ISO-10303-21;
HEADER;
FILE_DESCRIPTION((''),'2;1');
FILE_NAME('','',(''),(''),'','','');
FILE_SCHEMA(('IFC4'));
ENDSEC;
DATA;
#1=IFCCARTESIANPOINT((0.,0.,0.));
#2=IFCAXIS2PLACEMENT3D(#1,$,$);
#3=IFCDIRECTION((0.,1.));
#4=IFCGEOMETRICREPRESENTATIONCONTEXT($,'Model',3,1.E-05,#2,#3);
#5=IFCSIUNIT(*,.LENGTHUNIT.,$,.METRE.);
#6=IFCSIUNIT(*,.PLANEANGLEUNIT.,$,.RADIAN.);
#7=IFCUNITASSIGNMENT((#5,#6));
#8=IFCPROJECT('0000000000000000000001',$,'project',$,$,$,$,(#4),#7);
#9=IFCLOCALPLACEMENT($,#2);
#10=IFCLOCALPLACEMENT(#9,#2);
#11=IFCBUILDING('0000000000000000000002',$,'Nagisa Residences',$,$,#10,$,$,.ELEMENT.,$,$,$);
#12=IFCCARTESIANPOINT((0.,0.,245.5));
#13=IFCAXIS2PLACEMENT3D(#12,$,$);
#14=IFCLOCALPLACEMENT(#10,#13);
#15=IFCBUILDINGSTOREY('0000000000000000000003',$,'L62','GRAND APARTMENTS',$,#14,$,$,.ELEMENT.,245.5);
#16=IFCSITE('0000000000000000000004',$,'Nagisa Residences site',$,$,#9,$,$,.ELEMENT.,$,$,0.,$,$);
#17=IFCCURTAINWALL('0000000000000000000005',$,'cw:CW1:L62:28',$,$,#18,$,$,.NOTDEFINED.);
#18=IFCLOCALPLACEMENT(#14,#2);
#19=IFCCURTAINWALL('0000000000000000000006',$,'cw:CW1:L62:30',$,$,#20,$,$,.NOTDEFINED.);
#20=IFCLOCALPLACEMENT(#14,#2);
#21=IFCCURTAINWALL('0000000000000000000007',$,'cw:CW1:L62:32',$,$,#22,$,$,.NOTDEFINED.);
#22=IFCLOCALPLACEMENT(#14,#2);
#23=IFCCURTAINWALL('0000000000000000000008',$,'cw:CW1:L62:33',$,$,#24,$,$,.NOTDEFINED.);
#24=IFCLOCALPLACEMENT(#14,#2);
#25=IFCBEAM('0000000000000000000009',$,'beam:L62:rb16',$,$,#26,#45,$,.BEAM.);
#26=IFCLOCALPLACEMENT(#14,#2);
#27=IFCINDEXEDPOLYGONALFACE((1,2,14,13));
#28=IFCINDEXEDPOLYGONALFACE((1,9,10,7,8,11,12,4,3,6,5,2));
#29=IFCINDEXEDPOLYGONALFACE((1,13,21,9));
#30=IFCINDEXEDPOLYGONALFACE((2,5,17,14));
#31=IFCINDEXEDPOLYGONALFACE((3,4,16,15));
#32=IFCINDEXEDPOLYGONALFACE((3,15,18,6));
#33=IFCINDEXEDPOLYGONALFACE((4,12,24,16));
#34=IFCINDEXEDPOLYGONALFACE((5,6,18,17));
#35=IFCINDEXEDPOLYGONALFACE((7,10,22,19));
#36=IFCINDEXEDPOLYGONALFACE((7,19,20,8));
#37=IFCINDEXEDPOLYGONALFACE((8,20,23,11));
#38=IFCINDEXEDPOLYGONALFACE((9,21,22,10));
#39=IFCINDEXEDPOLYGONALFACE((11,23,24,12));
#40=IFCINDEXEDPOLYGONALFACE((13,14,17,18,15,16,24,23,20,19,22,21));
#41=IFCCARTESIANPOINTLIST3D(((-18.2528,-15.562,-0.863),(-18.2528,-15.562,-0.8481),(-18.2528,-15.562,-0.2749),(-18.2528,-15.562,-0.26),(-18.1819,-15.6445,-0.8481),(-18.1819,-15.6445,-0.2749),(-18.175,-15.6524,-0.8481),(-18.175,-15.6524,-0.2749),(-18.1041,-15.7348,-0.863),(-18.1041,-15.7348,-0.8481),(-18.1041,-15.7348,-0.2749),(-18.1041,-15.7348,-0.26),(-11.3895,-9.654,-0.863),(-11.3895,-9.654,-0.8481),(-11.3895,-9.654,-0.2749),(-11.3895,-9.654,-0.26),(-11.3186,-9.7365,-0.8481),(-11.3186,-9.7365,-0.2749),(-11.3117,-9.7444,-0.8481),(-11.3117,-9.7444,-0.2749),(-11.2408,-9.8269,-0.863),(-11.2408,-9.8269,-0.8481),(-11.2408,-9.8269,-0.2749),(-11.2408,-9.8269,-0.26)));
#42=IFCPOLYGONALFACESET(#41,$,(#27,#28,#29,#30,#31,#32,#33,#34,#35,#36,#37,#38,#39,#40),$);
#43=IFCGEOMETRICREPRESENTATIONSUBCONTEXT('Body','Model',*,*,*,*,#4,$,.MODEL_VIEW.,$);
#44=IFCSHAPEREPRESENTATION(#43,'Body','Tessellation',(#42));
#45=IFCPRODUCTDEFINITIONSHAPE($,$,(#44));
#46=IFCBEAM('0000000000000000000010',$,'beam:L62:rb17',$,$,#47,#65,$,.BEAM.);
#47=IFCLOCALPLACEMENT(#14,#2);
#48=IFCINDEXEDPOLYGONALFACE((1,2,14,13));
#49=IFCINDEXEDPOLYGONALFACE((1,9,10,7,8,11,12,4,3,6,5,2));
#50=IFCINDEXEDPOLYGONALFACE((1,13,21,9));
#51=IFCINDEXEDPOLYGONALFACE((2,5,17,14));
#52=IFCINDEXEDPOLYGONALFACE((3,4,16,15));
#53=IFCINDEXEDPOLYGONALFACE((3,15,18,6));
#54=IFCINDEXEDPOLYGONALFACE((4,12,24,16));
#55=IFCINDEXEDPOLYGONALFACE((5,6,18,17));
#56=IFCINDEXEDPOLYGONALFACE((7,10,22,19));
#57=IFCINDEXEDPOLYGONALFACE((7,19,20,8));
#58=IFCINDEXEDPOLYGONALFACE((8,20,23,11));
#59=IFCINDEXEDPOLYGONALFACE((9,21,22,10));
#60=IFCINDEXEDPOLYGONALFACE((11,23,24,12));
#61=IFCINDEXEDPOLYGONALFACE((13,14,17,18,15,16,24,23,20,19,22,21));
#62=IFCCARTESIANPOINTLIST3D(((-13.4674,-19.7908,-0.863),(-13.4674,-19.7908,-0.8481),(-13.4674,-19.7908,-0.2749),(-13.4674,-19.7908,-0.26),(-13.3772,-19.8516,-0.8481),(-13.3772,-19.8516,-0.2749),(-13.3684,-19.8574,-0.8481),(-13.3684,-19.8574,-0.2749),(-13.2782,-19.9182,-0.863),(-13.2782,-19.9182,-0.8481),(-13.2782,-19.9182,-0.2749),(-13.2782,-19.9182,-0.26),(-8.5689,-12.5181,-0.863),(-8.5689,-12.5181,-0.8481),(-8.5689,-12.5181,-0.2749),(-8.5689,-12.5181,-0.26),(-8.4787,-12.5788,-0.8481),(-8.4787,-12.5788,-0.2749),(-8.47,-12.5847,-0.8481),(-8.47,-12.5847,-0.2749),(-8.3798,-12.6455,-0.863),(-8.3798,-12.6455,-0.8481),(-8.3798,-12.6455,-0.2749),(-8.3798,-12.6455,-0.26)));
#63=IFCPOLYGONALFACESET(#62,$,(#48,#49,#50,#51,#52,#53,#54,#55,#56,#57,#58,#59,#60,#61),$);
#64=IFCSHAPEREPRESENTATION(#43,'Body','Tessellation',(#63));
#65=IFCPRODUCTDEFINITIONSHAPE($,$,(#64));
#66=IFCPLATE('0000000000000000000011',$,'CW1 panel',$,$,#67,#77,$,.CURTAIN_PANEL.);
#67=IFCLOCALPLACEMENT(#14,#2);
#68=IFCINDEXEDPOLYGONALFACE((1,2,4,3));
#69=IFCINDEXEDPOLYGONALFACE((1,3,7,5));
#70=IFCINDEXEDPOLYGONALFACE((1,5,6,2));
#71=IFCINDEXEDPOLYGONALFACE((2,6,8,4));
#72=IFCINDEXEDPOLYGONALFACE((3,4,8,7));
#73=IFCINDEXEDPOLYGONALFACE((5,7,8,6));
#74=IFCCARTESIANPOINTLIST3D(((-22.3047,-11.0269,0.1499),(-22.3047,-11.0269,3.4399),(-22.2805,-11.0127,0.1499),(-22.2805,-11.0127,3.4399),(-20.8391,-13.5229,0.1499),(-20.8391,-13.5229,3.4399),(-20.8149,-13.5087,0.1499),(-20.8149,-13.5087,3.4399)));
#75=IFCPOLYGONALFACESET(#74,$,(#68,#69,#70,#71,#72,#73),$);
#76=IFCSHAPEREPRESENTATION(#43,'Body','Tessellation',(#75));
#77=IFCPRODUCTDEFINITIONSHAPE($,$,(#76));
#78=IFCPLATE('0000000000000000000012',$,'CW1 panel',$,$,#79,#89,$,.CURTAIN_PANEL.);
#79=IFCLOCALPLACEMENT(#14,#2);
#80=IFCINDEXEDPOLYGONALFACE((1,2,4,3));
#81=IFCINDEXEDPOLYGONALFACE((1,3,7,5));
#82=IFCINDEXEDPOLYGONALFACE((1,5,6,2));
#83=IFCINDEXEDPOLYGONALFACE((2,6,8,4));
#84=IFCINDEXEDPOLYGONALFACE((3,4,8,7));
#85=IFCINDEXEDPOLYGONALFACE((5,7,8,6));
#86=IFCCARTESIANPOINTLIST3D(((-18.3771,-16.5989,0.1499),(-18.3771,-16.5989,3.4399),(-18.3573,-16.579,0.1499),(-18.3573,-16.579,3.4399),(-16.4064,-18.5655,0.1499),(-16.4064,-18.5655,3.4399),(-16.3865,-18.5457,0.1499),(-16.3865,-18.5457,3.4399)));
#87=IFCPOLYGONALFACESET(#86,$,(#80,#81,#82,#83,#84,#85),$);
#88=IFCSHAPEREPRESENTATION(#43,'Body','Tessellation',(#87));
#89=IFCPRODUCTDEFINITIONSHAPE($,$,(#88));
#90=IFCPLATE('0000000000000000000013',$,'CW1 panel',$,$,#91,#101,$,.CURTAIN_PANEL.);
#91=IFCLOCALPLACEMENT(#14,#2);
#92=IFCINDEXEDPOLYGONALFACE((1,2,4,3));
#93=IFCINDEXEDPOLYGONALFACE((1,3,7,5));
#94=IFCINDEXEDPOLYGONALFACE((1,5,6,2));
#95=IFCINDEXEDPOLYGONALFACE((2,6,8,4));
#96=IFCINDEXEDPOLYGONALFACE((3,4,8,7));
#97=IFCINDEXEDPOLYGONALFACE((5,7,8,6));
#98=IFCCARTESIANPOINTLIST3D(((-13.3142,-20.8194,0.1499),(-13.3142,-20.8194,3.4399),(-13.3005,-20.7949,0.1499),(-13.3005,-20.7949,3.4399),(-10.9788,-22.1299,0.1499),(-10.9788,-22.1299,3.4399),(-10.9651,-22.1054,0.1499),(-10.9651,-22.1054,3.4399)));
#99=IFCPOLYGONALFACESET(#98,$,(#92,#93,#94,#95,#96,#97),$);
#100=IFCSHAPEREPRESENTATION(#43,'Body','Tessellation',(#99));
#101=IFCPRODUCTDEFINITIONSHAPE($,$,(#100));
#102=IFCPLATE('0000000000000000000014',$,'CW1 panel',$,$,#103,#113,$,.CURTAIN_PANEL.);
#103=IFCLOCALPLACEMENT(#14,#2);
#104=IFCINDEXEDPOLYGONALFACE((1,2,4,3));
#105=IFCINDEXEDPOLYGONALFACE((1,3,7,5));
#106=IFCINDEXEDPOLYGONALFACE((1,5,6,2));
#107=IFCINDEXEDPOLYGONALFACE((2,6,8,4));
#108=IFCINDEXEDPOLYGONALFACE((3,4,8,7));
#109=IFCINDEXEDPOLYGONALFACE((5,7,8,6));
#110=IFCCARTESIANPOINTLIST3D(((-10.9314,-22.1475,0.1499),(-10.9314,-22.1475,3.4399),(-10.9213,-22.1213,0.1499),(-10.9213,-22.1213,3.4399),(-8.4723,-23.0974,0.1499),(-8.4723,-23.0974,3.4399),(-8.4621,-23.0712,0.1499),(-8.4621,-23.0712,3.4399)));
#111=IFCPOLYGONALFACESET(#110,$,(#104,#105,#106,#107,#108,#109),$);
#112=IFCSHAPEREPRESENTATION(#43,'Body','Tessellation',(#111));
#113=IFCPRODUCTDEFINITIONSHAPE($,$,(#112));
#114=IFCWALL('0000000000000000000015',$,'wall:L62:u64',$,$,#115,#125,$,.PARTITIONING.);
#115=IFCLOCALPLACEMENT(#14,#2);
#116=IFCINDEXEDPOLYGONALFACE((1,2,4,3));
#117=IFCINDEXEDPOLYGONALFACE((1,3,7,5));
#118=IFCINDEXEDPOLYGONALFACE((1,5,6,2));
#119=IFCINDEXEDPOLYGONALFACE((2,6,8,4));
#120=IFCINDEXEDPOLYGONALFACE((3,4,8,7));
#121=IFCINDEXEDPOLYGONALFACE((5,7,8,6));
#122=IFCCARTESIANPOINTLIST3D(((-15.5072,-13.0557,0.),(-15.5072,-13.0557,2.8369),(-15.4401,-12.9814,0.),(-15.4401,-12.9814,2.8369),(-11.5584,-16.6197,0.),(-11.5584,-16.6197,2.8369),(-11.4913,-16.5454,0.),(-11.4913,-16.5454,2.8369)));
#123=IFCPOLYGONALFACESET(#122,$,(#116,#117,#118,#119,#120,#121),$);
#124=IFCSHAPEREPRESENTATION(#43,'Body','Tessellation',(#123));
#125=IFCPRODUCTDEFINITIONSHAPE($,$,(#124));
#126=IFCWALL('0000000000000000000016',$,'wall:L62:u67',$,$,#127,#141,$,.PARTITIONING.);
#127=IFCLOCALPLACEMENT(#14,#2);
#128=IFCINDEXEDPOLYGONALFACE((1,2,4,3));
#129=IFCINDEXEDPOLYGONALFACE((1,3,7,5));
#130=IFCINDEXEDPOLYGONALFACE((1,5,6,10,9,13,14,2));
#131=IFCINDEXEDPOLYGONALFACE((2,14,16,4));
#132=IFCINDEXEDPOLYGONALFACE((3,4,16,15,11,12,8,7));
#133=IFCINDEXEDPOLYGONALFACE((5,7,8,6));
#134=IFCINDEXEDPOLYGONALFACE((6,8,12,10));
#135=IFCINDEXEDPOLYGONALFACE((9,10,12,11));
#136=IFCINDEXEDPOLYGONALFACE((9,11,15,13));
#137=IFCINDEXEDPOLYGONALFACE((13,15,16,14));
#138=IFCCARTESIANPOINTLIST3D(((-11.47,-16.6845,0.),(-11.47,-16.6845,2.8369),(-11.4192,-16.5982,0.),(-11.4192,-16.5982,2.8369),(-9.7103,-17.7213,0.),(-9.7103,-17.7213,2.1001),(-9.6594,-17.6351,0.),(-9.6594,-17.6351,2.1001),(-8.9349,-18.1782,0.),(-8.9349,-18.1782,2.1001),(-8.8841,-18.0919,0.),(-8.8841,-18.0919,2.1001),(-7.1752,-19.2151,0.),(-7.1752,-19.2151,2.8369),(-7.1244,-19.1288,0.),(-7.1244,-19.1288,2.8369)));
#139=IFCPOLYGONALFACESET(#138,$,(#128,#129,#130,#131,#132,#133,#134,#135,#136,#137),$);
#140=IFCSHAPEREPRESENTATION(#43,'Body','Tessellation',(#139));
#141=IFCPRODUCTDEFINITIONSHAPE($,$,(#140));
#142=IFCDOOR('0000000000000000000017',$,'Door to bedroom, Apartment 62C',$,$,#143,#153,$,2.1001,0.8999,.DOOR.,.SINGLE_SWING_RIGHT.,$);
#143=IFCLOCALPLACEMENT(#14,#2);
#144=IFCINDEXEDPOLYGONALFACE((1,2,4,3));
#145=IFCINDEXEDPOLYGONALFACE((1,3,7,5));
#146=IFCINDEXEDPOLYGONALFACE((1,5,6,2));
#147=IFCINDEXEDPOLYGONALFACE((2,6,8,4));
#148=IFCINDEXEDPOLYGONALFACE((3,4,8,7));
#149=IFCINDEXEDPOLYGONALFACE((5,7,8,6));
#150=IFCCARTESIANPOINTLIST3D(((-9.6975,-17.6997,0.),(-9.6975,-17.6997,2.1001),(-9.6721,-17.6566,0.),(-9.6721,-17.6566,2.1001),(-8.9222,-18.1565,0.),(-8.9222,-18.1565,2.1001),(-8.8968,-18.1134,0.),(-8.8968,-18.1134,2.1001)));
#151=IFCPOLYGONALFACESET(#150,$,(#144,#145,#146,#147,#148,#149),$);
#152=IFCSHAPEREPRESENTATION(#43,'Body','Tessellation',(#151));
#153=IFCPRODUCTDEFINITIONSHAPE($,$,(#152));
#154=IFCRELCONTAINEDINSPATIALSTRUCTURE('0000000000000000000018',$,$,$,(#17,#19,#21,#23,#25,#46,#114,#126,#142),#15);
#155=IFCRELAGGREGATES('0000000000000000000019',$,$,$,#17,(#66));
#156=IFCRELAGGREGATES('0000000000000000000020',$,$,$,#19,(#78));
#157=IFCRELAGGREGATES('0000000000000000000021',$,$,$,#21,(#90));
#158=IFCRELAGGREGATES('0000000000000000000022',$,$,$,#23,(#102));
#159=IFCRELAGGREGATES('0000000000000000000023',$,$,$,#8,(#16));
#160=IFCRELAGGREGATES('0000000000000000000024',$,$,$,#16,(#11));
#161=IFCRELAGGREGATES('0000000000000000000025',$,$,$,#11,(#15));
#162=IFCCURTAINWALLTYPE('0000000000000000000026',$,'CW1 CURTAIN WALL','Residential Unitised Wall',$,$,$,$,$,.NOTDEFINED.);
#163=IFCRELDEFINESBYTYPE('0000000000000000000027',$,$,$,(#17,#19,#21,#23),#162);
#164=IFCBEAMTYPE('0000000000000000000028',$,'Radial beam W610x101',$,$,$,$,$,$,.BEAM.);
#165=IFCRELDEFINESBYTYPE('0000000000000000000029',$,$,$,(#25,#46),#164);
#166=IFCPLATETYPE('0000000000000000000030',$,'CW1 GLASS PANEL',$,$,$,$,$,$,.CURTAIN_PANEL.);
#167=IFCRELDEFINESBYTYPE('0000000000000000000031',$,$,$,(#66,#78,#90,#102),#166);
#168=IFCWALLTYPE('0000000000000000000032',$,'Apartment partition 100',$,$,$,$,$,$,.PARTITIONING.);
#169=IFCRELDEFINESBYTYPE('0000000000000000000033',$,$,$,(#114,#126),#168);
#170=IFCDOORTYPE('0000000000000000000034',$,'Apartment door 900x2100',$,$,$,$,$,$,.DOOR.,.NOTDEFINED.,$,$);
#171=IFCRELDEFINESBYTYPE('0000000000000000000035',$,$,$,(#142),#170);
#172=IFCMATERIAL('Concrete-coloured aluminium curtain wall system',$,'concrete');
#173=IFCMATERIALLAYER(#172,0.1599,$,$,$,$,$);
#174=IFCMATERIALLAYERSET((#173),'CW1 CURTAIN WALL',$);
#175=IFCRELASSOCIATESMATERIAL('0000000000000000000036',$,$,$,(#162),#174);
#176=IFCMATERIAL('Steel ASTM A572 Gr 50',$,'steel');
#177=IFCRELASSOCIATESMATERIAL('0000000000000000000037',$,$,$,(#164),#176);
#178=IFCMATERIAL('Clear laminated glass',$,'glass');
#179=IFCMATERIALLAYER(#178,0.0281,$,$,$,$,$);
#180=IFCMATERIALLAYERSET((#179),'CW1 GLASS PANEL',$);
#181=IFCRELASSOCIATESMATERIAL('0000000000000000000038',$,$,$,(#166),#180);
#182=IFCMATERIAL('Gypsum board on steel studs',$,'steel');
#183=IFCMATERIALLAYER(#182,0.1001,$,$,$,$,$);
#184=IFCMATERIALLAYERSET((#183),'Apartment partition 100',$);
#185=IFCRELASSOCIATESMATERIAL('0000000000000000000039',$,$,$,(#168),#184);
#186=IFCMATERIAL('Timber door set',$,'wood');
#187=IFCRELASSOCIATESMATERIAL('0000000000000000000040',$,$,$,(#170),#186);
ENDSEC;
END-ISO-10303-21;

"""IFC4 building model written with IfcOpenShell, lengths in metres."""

from ifc_helpers import new_model, si_unit, direction, frame, frame_2d, origin, origin_2d, place, context, subcontext, project, spatial, rectangle, i_section, extrude, material, layer, layer_set, material_profile, profile_set, type_object, element, fill, aggregate, save


model = new_model("IFC4")

# Units and contexts
model_context = context("Model", 3, precision=1e-05, world=origin(), true_north=direction((0.0, 1.0)))
body_context = subcontext(model_context, "Body", "Model", "MODEL_VIEW")
ifc_project = project(units=[si_unit("LENGTHUNIT", "METRE"), si_unit("PLANEANGLEUNIT", "RADIAN")], contexts=[model_context])

# Site, building, storey
site_placement = place(None, origin())
site = spatial("IfcSite", under=ifc_project, at=site_placement, Name="Nagisa Residences site", CompositionType="ELEMENT", RefElevation=0.0)
building_placement = place(site_placement, origin())
building = spatial("IfcBuilding", under=site, at=building_placement, Name="Nagisa Residences", CompositionType="ELEMENT")
storey_placement = place(building_placement, frame((0.0, 0.0, 245.5)))
storey = spatial("IfcBuildingStorey", under=building, at=storey_placement, Name="L62", Description="GRAND APARTMENTS", CompositionType="ELEMENT", Elevation=245.5)

# Curtain walls
ifc_material_1 = material(Name="Concrete-coloured aluminium curtain wall system", Category="concrete")
ifc_layer_1 = layer(ifc_material_1, 0.1599)
ifc_layer_set_1 = layer_set([ifc_layer_1], Name="CW1 CURTAIN WALL")
curtain_wall_type = type_object("IfcCurtainWallType", Name="CW1 CURTAIN WALL", Description="Residential Unitised Wall", PredefinedType="NOTDEFINED", material=ifc_layer_set_1)
curtain_wall_1_placement = place(storey_placement, origin())
curtain_wall_1 = element("IfcCurtainWall", 1, at=curtain_wall_1_placement, inside=storey, type_object=curtain_wall_type, Name="cw:CW1:L62:28", PredefinedType="NOTDEFINED")
curtain_wall_2_placement = place(storey_placement, origin())
curtain_wall_2 = element("IfcCurtainWall", 2, at=curtain_wall_2_placement, inside=storey, type_object=curtain_wall_type, Name="cw:CW1:L62:30", PredefinedType="NOTDEFINED")
curtain_wall_3_placement = place(storey_placement, origin())
curtain_wall_3 = element("IfcCurtainWall", 3, at=curtain_wall_3_placement, inside=storey, type_object=curtain_wall_type, Name="cw:CW1:L62:32", PredefinedType="NOTDEFINED")
curtain_wall_4_placement = place(storey_placement, origin())
curtain_wall_4 = element("IfcCurtainWall", 4, at=curtain_wall_4_placement, inside=storey, type_object=curtain_wall_type, Name="cw:CW1:L62:33", PredefinedType="NOTDEFINED")

# Beams
ifc_material_2 = material(Name="Steel ASTM A572 Gr 50", Category="steel")
ifc_material_profile_1 = material_profile(ifc_material_2, i_section(OverallWidth=0.228, OverallDepth=0.603, WebThickness=0.0105, FlangeThickness=0.0149, at=origin_2d()), Name="W610x101")
ifc_profile_set_1 = profile_set([ifc_material_profile_1], Name="Steel ASTM A572 Gr 50")
beam_type_1 = type_object("IfcBeamType", Name="Radial beam W610x101", PredefinedType="BEAM", material=ifc_profile_set_1)
beam_1_placement = place(storey_placement, frame((-18.1785, -15.6484, -0.5615), z_axis=(0.757883, 0.652391, 0.0), x_axis=(-0.652391, 0.757883, 0.0)))
element("IfcBeam", 5, at=beam_1_placement, inside=storey, type_object=beam_type_1, Name="beam:L62:rb16", PredefinedType="BEAM", context=body_context, shape_type="SweptSolid", body=[
    extrude(i_section(OverallWidth=0.228, OverallDepth=0.603, WebThickness=0.0105, FlangeThickness=0.0149, at=origin_2d()), origin(), (0.0, 0.0, 1.0), 9.0559),
])
beam_2_placement = place(storey_placement, frame((-13.3728, -19.8545, -0.5615), z_axis=(0.558639, 0.829411, 0.0), x_axis=(-0.829411, 0.558639, 0.0)))
element("IfcBeam", 6, at=beam_2_placement, inside=storey, type_object=beam_type_1, Name="beam:L62:rb17", PredefinedType="BEAM", context=body_context, shape_type="SweptSolid", body=[
    extrude(i_section(OverallWidth=0.228, OverallDepth=0.603, WebThickness=0.0105, FlangeThickness=0.0149, at=origin_2d()), origin(), (0.0, 0.0, 1.0), 8.7686),
])

# Plates
ifc_material_3 = material(Name="Clear laminated glass", Category="glass")
ifc_layer_2 = layer(ifc_material_3, 0.0281)
ifc_layer_set_2 = layer_set([ifc_layer_2], Name="CW1 GLASS PANEL")
plate_type = type_object("IfcPlateType", Name="CW1 GLASS PANEL", PredefinedType="CURTAIN_PANEL", material=ifc_layer_set_2)
plate_1_placement = place(storey_placement, frame((-21.5598, -12.2678, 0.1499), z_axis=(0.0, 0.0, 1.0), x_axis=(0.506349, -0.862329, 0.0)))
plate_1 = element("IfcPlate", 7, at=plate_1_placement, type_object=plate_type, Name="CW1 panel", PredefinedType="CURTAIN_PANEL", context=body_context, shape_type="SweptSolid", body=[
    extrude(rectangle(XDim=2.8945, YDim=0.0281, at=origin_2d()), origin(), (0.0, 0.0, 1.0), 3.29),
])
aggregate(curtain_wall_1, [plate_1])
plate_2_placement = place(storey_placement, frame((-17.3818, -17.5723, 0.1499), z_axis=(0.0, 0.0, 1.0), x_axis=(0.707836, -0.706377, 0.0)))
plate_2 = element("IfcPlate", 8, at=plate_2_placement, type_object=plate_type, Name="CW1 panel", PredefinedType="CURTAIN_PANEL", context=body_context, shape_type="SweptSolid", body=[
    extrude(rectangle(XDim=2.7842, YDim=0.0281, at=origin_2d()), origin(), (0.0, 0.0, 1.0), 3.29),
])
aggregate(curtain_wall_2, [plate_2])
plate_3_placement = place(storey_placement, frame((-12.1396, -21.4624, 0.1499), z_axis=(0.0, 0.0, 1.0), x_axis=(0.872072, -0.489377, 0.0)))
plate_3 = element("IfcPlate", 9, at=plate_3_placement, type_object=plate_type, Name="CW1 panel", PredefinedType="CURTAIN_PANEL", context=body_context, shape_type="SweptSolid", body=[
    extrude(rectangle(XDim=2.678, YDim=0.0281, at=origin_2d()), origin(), (0.0, 0.0, 1.0), 3.29),
])
aggregate(curtain_wall_3, [plate_3])
plate_4_placement = place(storey_placement, frame((-9.6968, -22.6094, 0.1499), z_axis=(0.0, 0.0, 1.0), x_axis=(0.932826, -0.360328, 0.0)))
plate_4 = element("IfcPlate", 10, at=plate_4_placement, type_object=plate_type, Name="CW1 panel", PredefinedType="CURTAIN_PANEL", context=body_context, shape_type="SweptSolid", body=[
    extrude(rectangle(XDim=2.6362, YDim=0.0281, at=origin_2d()), origin(), (0.0, 0.0, 1.0), 3.29),
])
aggregate(curtain_wall_4, [plate_4])

# Wall
ifc_material_4 = material(Name="Gypsum board on steel studs", Category="steel")
ifc_layer_3 = layer(ifc_material_4, 0.1001)
ifc_layer_set_3 = layer_set([ifc_layer_3], Name="Apartment partition 100")
wall_type_1 = type_object("IfcWallType", Name="Apartment partition 100", PredefinedType="PARTITIONING", material=ifc_layer_set_3)
wall_1_placement = place(storey_placement, frame((-15.4736, -13.0186, 0.0), z_axis=(0.0, 0.0, 1.0), x_axis=(0.742349, -0.670014, 0.0)))
element("IfcWall", 11, at=wall_1_placement, inside=storey, type_object=wall_type_1, Name="wall:L62:u64", PredefinedType="PARTITIONING", context=body_context, shape_type="SweptSolid", body=[
    extrude(rectangle(XDim=5.3193, YDim=0.1001, at=frame_2d((2.6597, 0.0))), origin(), (0.0, 0.0, 1.0), 2.8369),
])

# Wall, opening, door
wall_2_placement = place(storey_placement, frame((-11.4446, -16.6414, 0.0), z_axis=(0.0, 0.0, 1.0), x_axis=(0.861563, -0.507651, 0.0)))
wall_2 = element("IfcWall", 12, at=wall_2_placement, inside=storey, type_object=wall_type_1, Name="wall:L62:u67", PredefinedType="PARTITIONING", context=body_context, shape_type="SweptSolid", body=[
    extrude(rectangle(XDim=4.9849, YDim=0.1001, at=frame_2d((2.4924, 0.0))), origin(), (0.0, 0.0, 1.0), 2.8369),
])
opening_1_placement = place(wall_2_placement, frame((2.0425, 0.0, 0.0)))
opening_1 = element("IfcOpeningElement", 13, at=opening_1_placement, cuts=wall_2, PredefinedType="OPENING", context=body_context, shape_type="SweptSolid", body=[
    extrude(rectangle(XDim=0.8999, YDim=2.1001, at=frame_2d((0.45, 1.05))), frame((0.0, 0.0601, 0.0), z_axis=(0.0, -1.0, 0.0), x_axis=(1.0, 0.0, 0.0)), (0.0, 0.0, 1.0), 0.1201),
])
ifc_material_5 = material(Name="Timber door set", Category="wood")
door_type_1 = type_object("IfcDoorType", Name="Apartment door 900x2100", OperationType="NOTDEFINED", PredefinedType="DOOR", material=ifc_material_5)
door_1_placement = place(opening_1_placement, frame((0.8999, 0.0, 0.0), x_axis=(-1.0, 0.0, 0.0)))
door_1 = element("IfcDoor", 14, at=door_1_placement, inside=storey, type_object=door_type_1, Name="Door to bedroom, Apartment 62C", OperationType="SINGLE_SWING_RIGHT", OverallHeight=2.1001, OverallWidth=0.8999, PredefinedType="DOOR", context=body_context, shape_type="SweptSolid", body=[
    extrude(rectangle(XDim=0.8999, YDim=2.1001, at=frame_2d((0.45, 1.05))), frame((0.0, 0.0249, 0.0), z_axis=(0.0, -1.0, 0.0), x_axis=(1.0, 0.0, 0.0)), (0.0, 0.0, 1.0), 0.05),
])
fill(opening_1, door_1)

save(model, "model.ifc")
